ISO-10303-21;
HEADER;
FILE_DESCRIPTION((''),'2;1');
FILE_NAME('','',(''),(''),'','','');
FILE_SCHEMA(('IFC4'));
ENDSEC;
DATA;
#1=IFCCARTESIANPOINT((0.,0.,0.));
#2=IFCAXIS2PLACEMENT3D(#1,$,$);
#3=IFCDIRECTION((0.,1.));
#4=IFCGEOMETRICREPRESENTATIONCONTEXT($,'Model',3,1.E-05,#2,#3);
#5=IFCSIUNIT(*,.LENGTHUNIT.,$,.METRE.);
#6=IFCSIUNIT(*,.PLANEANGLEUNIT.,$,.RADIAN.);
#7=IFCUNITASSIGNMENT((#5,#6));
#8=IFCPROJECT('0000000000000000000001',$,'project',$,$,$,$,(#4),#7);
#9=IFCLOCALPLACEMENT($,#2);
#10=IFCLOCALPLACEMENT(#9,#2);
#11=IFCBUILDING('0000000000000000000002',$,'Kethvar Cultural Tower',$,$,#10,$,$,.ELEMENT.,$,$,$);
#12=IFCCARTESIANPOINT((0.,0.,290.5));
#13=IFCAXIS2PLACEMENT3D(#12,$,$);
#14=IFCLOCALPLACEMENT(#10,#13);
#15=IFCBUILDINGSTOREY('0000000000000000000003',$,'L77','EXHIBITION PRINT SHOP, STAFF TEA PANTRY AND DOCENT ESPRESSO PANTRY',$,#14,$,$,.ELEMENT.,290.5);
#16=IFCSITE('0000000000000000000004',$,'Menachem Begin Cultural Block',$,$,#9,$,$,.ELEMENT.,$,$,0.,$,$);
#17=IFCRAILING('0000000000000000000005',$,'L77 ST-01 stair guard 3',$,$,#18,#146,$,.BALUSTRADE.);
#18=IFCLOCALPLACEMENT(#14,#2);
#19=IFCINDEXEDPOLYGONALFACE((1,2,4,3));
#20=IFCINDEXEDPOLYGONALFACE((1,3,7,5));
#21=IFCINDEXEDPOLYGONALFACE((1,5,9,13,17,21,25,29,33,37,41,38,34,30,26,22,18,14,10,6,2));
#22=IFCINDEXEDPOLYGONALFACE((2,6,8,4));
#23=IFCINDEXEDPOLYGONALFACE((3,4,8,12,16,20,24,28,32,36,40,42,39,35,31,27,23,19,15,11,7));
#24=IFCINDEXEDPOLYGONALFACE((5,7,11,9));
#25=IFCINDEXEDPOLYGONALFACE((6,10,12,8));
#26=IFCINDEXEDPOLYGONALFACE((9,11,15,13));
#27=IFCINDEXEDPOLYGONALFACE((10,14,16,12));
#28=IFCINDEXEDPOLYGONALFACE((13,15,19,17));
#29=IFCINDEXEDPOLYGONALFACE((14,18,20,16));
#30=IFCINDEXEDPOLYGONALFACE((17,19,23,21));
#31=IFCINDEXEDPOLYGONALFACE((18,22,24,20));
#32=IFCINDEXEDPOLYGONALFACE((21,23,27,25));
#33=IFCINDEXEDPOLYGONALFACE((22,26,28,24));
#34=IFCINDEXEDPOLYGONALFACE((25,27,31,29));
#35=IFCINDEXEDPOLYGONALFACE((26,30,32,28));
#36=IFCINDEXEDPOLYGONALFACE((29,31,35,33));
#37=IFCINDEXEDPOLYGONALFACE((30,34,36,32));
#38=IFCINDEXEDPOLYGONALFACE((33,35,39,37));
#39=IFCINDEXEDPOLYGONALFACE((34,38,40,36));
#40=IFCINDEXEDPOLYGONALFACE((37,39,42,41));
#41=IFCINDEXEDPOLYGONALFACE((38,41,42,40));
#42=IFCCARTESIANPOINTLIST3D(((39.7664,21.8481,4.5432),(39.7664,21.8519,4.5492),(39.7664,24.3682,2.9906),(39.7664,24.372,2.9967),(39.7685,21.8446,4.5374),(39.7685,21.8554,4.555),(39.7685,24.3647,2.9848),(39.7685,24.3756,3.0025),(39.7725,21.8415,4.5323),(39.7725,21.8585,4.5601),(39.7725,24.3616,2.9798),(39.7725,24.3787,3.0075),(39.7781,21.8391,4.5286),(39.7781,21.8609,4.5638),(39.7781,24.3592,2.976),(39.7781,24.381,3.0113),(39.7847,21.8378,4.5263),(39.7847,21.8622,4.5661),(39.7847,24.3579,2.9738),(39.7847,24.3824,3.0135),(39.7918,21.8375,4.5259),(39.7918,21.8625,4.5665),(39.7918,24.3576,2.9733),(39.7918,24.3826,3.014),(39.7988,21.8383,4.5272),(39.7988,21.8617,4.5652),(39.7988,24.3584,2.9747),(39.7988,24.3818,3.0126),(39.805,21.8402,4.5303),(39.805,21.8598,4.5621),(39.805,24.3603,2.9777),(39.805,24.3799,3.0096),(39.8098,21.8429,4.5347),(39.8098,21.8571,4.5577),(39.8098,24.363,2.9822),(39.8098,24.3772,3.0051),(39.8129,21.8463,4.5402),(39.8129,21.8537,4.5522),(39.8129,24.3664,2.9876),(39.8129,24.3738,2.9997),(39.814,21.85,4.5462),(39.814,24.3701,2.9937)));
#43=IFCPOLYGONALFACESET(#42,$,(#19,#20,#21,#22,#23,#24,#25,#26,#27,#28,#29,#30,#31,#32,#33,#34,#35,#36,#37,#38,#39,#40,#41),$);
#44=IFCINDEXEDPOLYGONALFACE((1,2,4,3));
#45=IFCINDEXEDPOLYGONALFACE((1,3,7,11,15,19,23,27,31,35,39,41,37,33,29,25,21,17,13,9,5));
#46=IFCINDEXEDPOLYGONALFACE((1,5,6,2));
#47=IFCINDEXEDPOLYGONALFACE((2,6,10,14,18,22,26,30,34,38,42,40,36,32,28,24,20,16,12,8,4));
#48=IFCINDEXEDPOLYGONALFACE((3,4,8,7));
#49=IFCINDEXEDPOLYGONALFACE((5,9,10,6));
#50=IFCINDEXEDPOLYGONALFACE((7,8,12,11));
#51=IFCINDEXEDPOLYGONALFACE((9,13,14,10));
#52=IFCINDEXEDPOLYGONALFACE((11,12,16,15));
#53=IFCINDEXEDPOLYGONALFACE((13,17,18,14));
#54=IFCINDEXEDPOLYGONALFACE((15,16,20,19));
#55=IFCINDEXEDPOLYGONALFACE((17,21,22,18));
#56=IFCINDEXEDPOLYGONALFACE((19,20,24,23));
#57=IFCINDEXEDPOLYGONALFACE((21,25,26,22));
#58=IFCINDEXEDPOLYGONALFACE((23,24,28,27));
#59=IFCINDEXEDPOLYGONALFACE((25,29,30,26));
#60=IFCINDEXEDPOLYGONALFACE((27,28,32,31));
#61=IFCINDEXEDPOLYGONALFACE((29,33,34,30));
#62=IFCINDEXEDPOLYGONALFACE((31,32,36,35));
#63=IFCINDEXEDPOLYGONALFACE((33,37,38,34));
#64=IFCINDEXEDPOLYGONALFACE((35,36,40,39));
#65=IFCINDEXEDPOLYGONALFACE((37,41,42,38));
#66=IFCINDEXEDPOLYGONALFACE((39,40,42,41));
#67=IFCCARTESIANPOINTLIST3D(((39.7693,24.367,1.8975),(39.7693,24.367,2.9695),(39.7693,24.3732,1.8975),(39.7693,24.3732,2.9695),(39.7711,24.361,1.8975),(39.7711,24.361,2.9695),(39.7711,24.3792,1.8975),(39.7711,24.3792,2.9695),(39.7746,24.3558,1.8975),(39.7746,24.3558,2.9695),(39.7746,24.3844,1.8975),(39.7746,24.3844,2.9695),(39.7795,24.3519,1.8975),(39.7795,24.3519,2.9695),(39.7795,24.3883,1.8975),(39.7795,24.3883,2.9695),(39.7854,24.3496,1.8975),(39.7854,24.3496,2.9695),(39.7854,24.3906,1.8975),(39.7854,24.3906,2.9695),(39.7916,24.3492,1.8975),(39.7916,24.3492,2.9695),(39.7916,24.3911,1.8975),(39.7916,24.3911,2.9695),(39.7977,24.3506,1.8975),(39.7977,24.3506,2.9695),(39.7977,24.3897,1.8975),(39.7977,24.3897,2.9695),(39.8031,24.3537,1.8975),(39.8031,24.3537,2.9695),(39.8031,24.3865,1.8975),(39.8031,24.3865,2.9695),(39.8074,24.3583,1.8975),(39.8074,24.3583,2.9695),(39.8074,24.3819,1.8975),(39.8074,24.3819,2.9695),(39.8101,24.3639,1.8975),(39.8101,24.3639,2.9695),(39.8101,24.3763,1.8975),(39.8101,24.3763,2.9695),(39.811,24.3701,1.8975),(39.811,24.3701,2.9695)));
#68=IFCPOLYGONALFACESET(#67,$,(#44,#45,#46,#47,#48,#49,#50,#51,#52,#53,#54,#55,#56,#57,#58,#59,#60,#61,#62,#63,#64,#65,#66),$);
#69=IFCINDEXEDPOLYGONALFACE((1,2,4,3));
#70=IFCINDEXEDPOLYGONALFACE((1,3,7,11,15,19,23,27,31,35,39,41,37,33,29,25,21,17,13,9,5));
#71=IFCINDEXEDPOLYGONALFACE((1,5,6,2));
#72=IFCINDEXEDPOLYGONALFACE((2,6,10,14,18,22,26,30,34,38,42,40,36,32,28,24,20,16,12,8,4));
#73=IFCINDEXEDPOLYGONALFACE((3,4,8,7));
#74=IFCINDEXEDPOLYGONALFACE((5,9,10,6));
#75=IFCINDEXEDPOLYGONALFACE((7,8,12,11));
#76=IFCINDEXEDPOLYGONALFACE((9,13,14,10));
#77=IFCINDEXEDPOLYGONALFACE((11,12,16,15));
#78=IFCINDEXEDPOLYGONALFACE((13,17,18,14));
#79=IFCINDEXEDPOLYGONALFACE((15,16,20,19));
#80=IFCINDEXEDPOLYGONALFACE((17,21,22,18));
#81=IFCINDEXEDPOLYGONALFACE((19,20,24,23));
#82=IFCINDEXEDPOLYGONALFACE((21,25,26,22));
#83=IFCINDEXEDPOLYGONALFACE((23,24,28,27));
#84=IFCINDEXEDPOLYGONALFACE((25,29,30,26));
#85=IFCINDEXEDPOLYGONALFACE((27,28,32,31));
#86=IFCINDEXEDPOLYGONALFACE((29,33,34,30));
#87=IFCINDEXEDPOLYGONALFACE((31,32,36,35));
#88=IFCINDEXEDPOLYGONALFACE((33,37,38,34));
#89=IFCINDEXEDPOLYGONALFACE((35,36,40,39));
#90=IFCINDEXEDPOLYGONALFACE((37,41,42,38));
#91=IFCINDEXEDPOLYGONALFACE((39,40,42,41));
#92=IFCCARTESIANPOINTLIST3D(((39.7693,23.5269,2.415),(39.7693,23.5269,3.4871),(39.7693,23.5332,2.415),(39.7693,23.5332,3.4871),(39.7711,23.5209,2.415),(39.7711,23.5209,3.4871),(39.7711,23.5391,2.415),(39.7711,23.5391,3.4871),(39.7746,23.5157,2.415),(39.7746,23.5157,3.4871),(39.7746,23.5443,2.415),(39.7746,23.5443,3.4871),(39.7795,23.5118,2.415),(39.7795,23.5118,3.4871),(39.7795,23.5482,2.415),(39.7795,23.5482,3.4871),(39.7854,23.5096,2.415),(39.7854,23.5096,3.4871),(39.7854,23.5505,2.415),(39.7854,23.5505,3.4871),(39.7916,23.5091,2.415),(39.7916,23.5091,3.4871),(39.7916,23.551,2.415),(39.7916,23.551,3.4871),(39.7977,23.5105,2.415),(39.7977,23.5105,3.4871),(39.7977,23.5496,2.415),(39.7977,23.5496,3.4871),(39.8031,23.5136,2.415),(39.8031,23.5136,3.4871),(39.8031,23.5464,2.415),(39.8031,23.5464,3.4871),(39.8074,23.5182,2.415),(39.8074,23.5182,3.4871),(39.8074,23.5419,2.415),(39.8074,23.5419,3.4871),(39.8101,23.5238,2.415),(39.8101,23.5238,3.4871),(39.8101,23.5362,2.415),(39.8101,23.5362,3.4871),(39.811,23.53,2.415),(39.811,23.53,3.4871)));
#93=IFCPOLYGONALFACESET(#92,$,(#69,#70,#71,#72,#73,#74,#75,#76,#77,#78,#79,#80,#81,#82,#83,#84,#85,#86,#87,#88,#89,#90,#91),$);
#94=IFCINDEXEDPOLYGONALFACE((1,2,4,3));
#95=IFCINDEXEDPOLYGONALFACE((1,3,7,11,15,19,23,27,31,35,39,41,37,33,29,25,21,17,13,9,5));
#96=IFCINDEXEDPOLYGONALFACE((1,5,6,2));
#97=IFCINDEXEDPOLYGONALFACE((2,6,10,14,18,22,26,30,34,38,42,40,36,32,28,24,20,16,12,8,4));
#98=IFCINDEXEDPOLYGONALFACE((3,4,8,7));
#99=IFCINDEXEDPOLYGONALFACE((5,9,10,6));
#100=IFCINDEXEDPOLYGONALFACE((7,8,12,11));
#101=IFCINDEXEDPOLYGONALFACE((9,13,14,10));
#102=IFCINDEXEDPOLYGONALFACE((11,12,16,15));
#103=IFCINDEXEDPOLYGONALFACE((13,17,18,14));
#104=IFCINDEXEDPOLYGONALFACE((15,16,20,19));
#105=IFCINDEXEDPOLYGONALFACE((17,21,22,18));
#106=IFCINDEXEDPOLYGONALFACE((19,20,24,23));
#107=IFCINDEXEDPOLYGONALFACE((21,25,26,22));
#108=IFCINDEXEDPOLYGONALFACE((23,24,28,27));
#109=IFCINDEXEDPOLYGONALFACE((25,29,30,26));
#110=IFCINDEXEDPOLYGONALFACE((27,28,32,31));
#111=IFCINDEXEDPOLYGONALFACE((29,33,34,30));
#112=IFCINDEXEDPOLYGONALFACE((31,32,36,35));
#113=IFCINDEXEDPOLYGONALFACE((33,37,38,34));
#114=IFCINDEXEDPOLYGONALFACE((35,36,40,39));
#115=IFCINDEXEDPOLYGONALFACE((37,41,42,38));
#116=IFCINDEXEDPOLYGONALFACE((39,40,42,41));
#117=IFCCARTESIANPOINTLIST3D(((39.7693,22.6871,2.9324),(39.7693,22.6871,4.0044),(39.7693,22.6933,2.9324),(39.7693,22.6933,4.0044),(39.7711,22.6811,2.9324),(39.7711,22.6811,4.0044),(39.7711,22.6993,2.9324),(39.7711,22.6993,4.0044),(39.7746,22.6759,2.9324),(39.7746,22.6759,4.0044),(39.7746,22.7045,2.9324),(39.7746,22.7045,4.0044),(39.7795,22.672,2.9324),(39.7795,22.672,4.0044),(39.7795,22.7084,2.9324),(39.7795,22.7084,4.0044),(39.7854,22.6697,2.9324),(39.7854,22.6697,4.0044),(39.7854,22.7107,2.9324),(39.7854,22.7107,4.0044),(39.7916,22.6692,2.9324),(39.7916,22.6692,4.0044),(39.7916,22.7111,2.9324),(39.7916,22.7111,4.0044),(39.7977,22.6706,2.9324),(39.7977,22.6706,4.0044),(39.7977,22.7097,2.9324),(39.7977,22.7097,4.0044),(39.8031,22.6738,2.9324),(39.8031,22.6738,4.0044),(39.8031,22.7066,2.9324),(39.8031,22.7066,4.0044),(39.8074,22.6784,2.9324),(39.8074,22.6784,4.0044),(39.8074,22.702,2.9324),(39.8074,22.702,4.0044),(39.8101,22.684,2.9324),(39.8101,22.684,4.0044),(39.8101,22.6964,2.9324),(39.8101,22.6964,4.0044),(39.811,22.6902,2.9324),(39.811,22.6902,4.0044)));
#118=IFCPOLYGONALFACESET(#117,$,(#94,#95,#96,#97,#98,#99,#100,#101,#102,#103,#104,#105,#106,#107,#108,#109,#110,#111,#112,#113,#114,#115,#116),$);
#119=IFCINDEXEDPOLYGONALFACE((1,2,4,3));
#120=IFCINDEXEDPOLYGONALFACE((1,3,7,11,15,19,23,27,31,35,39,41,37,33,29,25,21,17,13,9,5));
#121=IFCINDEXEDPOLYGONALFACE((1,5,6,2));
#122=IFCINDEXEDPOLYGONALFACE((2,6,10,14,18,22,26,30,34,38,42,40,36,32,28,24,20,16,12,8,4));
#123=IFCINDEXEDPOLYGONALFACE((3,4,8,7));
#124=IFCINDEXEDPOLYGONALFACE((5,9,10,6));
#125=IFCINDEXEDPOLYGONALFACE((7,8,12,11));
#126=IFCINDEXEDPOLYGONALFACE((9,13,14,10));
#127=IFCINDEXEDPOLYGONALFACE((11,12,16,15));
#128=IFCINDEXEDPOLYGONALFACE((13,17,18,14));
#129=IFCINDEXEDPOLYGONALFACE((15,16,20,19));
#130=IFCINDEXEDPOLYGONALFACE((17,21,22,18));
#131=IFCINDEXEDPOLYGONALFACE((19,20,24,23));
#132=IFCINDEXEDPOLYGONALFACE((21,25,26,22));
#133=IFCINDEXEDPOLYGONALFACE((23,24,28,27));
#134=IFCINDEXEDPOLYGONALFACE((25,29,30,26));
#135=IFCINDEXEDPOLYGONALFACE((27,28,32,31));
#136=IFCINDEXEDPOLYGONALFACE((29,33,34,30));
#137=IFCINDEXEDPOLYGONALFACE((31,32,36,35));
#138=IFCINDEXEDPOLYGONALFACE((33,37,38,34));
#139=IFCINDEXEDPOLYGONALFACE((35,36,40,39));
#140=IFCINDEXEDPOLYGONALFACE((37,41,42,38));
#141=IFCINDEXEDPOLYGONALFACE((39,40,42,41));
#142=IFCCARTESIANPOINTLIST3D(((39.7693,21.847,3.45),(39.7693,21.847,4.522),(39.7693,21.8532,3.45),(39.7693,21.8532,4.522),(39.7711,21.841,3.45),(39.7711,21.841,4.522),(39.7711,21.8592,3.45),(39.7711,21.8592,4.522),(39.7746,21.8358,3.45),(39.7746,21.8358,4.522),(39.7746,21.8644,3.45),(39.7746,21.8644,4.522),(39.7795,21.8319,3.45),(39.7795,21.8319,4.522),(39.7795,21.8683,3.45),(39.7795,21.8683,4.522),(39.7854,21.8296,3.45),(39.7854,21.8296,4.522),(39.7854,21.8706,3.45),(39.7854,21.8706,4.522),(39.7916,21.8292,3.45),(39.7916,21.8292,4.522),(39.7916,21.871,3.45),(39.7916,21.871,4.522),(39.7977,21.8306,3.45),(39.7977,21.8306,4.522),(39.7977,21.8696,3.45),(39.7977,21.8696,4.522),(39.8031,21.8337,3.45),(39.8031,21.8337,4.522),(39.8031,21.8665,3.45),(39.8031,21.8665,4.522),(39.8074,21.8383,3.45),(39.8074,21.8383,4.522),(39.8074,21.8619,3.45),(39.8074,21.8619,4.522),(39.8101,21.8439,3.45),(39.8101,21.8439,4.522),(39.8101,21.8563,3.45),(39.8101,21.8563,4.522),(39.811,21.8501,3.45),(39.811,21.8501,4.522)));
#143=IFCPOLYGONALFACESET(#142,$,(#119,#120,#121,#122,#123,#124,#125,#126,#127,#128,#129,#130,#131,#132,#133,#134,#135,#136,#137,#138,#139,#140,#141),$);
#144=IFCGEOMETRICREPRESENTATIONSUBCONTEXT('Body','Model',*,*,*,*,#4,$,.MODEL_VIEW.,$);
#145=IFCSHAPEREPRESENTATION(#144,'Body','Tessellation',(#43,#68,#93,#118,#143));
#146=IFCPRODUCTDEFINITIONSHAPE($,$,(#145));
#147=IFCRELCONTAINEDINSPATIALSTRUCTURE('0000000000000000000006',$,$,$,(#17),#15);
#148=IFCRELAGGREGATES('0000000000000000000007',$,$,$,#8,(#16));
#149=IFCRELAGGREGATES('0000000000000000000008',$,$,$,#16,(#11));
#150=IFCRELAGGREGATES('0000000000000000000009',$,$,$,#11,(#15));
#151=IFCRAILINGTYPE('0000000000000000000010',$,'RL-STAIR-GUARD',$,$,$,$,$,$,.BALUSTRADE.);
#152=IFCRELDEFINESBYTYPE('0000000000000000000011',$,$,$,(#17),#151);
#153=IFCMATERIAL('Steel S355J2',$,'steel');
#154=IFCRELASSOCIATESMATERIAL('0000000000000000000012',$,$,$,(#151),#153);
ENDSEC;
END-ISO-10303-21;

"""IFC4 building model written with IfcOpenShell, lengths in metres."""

from ifc_helpers import new_model, si_unit, direction, frame, origin, origin_2d, place, context, subcontext, project, spatial, circle, extrude, material, type_object, element, save


model = new_model("IFC4")

# Units and contexts
model_context = context("Model", 3, precision=1e-05, world=origin(), true_north=direction((0.0, 1.0)))
body_context = subcontext(model_context, "Body", "Model", "MODEL_VIEW")
ifc_project = project(units=[si_unit("LENGTHUNIT", "METRE"), si_unit("PLANEANGLEUNIT", "RADIAN")], contexts=[model_context])

# Site, building, storey
site_placement = place(None, origin())
site = spatial("IfcSite", under=ifc_project, at=site_placement, Name="Menachem Begin Cultural Block", CompositionType="ELEMENT", RefElevation=0.0)
building_placement = place(site_placement, origin())
building = spatial("IfcBuilding", under=site, at=building_placement, Name="Kethvar Cultural Tower", CompositionType="ELEMENT")
storey_placement = place(building_placement, frame((0.0, 0.0, 290.5)))
storey = spatial("IfcBuildingStorey", under=building, at=storey_placement, Name="L77", Description="EXHIBITION PRINT SHOP, STAFF TEA PANTRY AND DOCENT ESPRESSO PANTRY", CompositionType="ELEMENT", Elevation=290.5)

# Shared definitions
ifc_material_1 = material(Name="Steel S355J2", Category="steel")

# Railing
railing_type_1 = type_object("IfcRailingType", Name="RL-STAIR-GUARD", PredefinedType="BALUSTRADE", material=ifc_material_1)
railing_1_placement = place(storey_placement, frame((39.79, 24.3701, 1.8975)))
element("IfcRailing", 1, at=railing_1_placement, inside=storey, type_object=railing_type_1, Name="L77 ST-01 stair guard 3", PredefinedType="BALUSTRADE", context=body_context, shape_type="SweptSolid", body=[
    extrude(circle(Radius=0.0239, at=origin_2d()), frame((0.0, 0.0, 1.0962), z_axis=(0.0, -0.8514, 0.524516), x_axis=(1.0, 0.0, 0.0)), (0.0, 0.0, 1.0), 2.96),
    extrude(circle(Radius=0.021, at=origin_2d()), origin(), (0.0, 0.0, 1.0), 1.072),
    extrude(circle(Radius=0.021, at=origin_2d()), frame((0.0, -0.8401, 0.5176)), (0.0, 0.0, 1.0), 1.072),
    extrude(circle(Radius=0.021, at=origin_2d()), frame((0.0, -1.6799, 1.0349)), (0.0, 0.0, 1.0), 1.072),
    extrude(circle(Radius=0.021, at=origin_2d()), frame((0.0, -2.52, 1.5525)), (0.0, 0.0, 1.0), 1.072),
])

save(model, "model.ifc")
